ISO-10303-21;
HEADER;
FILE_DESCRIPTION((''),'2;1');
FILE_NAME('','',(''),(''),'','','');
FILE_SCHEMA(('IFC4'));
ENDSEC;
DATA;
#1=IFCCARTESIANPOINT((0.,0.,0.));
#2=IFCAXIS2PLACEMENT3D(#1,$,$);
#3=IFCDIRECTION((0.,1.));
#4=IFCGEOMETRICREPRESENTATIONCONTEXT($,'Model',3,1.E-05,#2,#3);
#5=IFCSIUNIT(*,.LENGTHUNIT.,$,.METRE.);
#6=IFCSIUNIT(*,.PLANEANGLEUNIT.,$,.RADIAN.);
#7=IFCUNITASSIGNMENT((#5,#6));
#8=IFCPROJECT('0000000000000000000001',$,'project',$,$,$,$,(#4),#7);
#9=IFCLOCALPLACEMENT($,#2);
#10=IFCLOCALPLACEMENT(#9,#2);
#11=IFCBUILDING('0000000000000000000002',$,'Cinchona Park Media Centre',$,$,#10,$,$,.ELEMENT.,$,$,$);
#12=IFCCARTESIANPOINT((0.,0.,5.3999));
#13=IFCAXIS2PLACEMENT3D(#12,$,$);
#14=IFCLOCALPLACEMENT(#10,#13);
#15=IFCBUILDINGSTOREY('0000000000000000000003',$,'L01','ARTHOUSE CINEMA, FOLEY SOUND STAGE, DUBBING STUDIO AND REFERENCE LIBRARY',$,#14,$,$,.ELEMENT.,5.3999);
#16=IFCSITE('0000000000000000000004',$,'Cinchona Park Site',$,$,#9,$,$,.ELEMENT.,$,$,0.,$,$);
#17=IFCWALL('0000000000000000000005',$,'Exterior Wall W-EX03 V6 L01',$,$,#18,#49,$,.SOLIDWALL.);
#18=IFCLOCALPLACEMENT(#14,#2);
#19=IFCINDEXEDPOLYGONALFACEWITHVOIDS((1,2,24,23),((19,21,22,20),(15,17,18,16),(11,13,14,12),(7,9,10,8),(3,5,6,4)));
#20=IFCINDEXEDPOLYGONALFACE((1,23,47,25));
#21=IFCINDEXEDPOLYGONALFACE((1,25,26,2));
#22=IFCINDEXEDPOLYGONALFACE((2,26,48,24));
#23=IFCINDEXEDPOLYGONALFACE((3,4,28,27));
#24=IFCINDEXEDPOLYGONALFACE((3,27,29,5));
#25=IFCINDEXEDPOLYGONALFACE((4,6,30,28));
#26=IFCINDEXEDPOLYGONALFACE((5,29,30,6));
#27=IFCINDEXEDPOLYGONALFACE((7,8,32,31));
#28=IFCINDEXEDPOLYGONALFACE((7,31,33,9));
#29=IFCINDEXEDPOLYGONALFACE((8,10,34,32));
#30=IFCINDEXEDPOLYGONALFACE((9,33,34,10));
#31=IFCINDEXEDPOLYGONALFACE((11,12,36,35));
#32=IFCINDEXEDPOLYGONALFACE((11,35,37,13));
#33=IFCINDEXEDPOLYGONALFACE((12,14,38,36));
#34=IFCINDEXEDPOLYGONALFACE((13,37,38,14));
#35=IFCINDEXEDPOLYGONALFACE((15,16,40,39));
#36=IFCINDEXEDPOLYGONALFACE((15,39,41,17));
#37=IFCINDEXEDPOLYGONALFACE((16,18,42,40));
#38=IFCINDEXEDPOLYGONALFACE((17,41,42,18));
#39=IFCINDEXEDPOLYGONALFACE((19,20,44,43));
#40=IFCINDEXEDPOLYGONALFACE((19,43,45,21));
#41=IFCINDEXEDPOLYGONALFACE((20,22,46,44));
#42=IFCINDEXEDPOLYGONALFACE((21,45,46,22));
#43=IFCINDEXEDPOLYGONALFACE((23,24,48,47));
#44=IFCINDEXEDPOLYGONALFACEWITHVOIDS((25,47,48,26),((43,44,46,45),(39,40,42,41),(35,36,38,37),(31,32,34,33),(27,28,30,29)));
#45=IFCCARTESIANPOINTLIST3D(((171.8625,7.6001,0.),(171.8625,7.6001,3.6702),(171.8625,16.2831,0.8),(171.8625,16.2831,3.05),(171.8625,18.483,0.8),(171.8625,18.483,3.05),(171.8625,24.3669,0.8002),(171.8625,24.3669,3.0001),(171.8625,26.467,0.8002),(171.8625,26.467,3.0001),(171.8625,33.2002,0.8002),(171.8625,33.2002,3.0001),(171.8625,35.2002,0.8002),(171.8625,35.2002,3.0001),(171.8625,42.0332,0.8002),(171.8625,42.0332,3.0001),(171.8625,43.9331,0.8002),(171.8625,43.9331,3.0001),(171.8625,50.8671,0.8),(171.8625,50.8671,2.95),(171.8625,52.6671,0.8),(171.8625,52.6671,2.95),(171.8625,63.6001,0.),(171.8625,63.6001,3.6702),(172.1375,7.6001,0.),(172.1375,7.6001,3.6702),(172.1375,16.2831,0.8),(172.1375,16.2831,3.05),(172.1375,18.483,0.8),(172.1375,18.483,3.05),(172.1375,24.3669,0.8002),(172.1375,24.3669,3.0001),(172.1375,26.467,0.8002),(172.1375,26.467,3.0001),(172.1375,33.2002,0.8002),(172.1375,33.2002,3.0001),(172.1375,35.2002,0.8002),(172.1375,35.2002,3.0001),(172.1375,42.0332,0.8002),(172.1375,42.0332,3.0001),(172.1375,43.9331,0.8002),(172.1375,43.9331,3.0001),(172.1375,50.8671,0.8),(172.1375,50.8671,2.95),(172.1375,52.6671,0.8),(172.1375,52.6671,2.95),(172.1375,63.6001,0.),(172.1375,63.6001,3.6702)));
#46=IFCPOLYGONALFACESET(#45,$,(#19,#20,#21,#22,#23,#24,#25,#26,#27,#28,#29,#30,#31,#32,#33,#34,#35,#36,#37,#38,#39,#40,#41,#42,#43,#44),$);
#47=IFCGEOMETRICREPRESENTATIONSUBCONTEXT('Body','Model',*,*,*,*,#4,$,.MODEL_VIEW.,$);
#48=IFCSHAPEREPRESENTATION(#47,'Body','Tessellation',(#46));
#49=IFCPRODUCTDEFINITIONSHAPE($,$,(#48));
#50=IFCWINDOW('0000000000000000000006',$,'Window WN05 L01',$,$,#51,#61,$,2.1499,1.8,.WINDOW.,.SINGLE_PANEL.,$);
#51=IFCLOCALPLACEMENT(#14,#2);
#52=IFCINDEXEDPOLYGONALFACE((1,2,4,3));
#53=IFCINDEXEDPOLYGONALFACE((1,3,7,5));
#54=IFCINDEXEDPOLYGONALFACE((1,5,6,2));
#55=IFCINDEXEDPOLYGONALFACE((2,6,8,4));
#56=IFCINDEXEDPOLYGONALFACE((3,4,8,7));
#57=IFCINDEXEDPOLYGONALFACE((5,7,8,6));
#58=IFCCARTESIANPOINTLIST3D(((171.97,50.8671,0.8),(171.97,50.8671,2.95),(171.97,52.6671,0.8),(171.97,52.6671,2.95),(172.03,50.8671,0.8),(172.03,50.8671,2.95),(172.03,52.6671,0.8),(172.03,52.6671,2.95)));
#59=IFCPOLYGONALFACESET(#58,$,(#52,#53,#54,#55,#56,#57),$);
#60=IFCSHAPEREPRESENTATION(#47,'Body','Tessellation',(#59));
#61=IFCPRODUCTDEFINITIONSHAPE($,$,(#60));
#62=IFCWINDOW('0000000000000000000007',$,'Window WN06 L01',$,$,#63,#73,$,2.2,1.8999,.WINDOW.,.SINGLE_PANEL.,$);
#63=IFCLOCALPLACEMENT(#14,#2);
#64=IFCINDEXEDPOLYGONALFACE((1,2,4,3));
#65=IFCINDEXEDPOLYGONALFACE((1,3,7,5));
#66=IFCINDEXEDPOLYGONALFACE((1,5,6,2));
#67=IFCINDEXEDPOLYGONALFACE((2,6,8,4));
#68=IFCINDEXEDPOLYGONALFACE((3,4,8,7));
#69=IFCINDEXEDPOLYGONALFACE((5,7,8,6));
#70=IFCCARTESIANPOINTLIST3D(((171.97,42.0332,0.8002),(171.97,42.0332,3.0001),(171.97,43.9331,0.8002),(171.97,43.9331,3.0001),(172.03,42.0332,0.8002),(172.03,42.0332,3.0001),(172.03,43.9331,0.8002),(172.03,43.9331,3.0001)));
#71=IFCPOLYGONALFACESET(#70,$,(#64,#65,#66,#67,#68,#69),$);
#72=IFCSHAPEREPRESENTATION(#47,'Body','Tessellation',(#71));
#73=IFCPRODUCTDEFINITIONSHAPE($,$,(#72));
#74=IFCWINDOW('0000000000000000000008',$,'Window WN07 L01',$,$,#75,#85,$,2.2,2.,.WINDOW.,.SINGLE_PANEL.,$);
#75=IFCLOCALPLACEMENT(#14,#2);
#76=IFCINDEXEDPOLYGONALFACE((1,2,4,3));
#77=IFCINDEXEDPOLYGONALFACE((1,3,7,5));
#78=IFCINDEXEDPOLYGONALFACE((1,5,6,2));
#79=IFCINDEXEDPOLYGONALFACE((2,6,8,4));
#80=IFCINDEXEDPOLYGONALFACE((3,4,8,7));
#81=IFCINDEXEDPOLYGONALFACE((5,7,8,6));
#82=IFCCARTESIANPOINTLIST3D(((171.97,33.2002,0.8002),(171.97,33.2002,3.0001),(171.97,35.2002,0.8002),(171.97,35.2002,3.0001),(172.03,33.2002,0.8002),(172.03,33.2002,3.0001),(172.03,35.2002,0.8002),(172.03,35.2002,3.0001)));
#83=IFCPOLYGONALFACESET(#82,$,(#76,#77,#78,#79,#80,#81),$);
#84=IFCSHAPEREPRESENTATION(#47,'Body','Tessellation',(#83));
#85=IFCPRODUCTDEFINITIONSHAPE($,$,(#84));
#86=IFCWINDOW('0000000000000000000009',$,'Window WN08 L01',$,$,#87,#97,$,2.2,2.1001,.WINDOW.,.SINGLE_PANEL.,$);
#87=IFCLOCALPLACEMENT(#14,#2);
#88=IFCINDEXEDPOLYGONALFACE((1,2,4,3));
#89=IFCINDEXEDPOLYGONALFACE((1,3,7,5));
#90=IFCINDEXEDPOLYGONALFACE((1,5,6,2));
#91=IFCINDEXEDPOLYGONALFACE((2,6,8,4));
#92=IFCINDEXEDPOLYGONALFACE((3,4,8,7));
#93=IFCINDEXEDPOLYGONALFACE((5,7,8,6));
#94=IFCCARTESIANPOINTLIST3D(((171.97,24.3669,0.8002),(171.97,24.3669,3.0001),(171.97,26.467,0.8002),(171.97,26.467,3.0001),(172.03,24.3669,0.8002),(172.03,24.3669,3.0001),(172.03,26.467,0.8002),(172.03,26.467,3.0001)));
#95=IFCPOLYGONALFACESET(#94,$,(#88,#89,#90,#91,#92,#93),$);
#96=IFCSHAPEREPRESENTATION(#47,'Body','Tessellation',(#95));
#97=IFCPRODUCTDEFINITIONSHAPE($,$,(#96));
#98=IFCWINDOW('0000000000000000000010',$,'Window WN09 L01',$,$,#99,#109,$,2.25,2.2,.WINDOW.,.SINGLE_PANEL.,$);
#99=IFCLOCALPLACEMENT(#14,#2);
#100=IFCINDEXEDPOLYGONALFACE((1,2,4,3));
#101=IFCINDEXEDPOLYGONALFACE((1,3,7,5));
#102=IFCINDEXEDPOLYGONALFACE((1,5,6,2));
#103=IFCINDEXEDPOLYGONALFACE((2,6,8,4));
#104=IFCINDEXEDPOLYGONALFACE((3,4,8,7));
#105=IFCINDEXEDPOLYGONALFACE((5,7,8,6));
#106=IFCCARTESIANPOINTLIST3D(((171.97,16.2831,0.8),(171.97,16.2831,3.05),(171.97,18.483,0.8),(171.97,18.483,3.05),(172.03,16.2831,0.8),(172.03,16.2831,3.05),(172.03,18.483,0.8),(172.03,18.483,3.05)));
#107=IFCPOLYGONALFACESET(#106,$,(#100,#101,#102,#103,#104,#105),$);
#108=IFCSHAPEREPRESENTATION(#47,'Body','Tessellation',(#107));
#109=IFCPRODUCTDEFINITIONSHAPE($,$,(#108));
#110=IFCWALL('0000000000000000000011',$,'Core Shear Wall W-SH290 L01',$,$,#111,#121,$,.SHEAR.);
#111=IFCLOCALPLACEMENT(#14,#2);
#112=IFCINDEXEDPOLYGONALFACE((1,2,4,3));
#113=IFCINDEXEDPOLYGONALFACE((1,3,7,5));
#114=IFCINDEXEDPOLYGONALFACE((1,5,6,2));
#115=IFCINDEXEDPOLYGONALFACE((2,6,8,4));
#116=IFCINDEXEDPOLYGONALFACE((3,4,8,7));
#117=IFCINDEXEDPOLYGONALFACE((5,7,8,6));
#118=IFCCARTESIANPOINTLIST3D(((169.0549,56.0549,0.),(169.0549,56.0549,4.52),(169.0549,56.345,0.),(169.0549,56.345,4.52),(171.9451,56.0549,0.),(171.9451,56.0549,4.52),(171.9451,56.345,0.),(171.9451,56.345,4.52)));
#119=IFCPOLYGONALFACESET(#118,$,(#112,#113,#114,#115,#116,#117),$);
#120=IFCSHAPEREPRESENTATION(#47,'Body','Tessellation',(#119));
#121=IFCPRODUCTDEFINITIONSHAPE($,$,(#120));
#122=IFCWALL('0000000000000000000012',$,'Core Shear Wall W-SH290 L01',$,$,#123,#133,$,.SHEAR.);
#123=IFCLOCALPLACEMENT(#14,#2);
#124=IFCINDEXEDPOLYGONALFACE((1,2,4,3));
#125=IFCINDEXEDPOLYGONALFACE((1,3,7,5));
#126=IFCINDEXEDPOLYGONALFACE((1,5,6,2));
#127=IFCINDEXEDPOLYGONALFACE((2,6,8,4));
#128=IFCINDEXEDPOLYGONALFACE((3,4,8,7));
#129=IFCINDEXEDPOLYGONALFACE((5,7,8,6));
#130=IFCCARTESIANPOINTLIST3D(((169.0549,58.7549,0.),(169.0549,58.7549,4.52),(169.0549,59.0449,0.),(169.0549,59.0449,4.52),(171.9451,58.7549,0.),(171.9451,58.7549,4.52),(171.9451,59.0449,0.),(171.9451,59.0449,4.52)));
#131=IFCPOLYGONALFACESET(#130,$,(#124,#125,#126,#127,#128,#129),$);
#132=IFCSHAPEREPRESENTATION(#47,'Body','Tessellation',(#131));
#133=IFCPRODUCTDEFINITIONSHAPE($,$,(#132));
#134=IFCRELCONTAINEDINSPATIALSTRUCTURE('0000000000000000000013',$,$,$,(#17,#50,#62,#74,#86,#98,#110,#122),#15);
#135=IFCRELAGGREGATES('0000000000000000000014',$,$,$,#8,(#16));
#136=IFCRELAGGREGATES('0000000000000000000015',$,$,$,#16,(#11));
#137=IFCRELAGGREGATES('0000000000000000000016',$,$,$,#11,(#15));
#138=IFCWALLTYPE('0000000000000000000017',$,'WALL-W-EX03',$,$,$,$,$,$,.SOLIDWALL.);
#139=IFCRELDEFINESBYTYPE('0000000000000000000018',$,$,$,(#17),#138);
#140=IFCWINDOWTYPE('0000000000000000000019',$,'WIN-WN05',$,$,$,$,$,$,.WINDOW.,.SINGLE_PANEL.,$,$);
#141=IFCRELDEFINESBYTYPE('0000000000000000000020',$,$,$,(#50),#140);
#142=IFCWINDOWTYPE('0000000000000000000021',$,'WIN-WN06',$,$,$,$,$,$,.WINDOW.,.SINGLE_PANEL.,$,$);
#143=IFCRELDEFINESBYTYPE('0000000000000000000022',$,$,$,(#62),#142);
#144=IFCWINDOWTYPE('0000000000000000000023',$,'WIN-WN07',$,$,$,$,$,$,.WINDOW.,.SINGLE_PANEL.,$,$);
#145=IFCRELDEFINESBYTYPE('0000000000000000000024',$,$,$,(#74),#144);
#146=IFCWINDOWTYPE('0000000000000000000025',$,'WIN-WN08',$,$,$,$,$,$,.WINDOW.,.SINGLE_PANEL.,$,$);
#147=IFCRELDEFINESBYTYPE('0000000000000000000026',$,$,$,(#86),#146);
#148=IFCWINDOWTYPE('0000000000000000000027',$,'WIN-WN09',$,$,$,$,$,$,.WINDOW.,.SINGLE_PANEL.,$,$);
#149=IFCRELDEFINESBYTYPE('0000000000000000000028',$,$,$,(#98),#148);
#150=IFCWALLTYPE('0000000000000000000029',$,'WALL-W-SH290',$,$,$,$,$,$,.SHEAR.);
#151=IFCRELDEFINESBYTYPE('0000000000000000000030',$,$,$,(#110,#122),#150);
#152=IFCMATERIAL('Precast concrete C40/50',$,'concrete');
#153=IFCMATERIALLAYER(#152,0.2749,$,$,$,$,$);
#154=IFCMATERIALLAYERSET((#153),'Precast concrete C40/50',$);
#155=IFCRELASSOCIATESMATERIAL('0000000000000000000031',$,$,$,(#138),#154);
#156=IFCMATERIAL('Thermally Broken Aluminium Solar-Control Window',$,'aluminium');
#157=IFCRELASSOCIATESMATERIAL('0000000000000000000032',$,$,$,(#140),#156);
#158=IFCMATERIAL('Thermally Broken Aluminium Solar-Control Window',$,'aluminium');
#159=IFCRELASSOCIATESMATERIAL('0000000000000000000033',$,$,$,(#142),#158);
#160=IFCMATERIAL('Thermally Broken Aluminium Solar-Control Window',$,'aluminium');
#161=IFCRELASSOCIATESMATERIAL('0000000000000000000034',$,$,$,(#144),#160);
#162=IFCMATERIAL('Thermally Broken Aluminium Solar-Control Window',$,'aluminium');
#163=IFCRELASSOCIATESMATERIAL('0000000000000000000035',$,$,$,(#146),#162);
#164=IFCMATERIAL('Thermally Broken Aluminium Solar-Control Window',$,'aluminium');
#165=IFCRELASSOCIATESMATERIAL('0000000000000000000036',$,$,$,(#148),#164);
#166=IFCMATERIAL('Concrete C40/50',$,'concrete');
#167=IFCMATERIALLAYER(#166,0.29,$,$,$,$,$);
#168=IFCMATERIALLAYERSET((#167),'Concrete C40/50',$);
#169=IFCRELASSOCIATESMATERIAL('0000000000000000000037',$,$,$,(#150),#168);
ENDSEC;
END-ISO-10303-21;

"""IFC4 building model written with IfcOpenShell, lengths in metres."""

from ifc_helpers import new_model, si_unit, direction, frame, frame_2d, origin, place, context, subcontext, project, spatial, rectangle, extrude, material, layer, layer_set, type_object, element, fill, save


model = new_model("IFC4")

# Units and contexts
model_context = context("Model", 3, precision=1e-05, world=origin(), true_north=direction((0.0, 1.0)))
body_context = subcontext(model_context, "Body", "Model", "MODEL_VIEW")
ifc_project = project(units=[si_unit("LENGTHUNIT", "METRE"), si_unit("PLANEANGLEUNIT", "RADIAN")], contexts=[model_context])

# Site, building, storey
site_placement = place(None, origin())
site = spatial("IfcSite", under=ifc_project, at=site_placement, Name="Cinchona Park Site", CompositionType="ELEMENT", RefElevation=0.0)
building_placement = place(site_placement, origin())
building = spatial("IfcBuilding", under=site, at=building_placement, Name="Cinchona Park Media Centre", CompositionType="ELEMENT")
storey_placement = place(building_placement, frame((0.0, 0.0, 5.3999)))
storey = spatial("IfcBuildingStorey", under=building, at=storey_placement, Name="L01", Description="ARTHOUSE CINEMA, FOLEY SOUND STAGE, DUBBING STUDIO AND REFERENCE LIBRARY", CompositionType="ELEMENT", Elevation=5.3999)

# Wall, openings, windows
ifc_material_1 = material(Name="Precast concrete C40/50", Category="concrete")
ifc_layer_1 = layer(ifc_material_1, 0.2749)
ifc_layer_set_1 = layer_set([ifc_layer_1], Name="Precast concrete C40/50")
wall_type_1 = type_object("IfcWallType", Name="WALL-W-EX03", PredefinedType="SOLIDWALL", material=ifc_layer_set_1)
wall_1_placement = place(storey_placement, frame((172.0, 63.6001, 0.0), z_axis=(0.0, 0.0, 1.0), x_axis=(0.0, -1.0, 0.0)))
wall_1 = element("IfcWall", 1, at=wall_1_placement, inside=storey, type_object=wall_type_1, Name="Exterior Wall W-EX03 V6 L01", PredefinedType="SOLIDWALL", context=body_context, shape_type="SweptSolid", body=[
    extrude(rectangle(XDim=56.0, YDim=0.2749, at=frame_2d((28.0, 0.0))), origin(), (0.0, 0.0, 1.0), 3.6702),
])
opening_1_placement = place(wall_1_placement, frame((10.9331, 0.0, 0.8)))
opening_1 = element("IfcOpeningElement", 2, at=opening_1_placement, cuts=wall_1, PredefinedType="OPENING", context=body_context, shape_type="SweptSolid", body=[
    extrude(rectangle(XDim=1.8, YDim=2.1499, at=frame_2d((0.8999, 1.075))), frame((0.0, 0.1475, 0.0), z_axis=(0.0, -1.0, 0.0), x_axis=(1.0, 0.0, 0.0)), (0.0, 0.0, 1.0), 0.2949),
])
opening_2_placement = place(wall_1_placement, frame((19.667, 0.0, 0.8)))
opening_2 = element("IfcOpeningElement", 3, at=opening_2_placement, cuts=wall_1, PredefinedType="OPENING", context=body_context, shape_type="SweptSolid", body=[
    extrude(rectangle(XDim=1.8999, YDim=2.2, at=frame_2d((0.95, 1.1001))), frame((0.0, 0.1475, 0.0), z_axis=(0.0, -1.0, 0.0), x_axis=(1.0, 0.0, 0.0)), (0.0, 0.0, 1.0), 0.2949),
])
opening_3_placement = place(wall_1_placement, frame((28.3999, 0.0, 0.8)))
opening_3 = element("IfcOpeningElement", 4, at=opening_3_placement, cuts=wall_1, PredefinedType="OPENING", context=body_context, shape_type="SweptSolid", body=[
    extrude(rectangle(XDim=2.0, YDim=2.2, at=frame_2d((1.0, 1.1001))), frame((0.0, 0.1475, 0.0), z_axis=(0.0, -1.0, 0.0), x_axis=(1.0, 0.0, 0.0)), (0.0, 0.0, 1.0), 0.2949),
])
opening_4_placement = place(wall_1_placement, frame((37.1331, 0.0, 0.8)))
opening_4 = element("IfcOpeningElement", 5, at=opening_4_placement, cuts=wall_1, PredefinedType="OPENING", context=body_context, shape_type="SweptSolid", body=[
    extrude(rectangle(XDim=2.1001, YDim=2.2, at=frame_2d((1.05, 1.1001))), frame((0.0, 0.1475, 0.0), z_axis=(0.0, -1.0, 0.0), x_axis=(1.0, 0.0, 0.0)), (0.0, 0.0, 1.0), 0.2949),
])
opening_5_placement = place(wall_1_placement, frame((45.1169, 0.0, 0.8)))
opening_5 = element("IfcOpeningElement", 6, at=opening_5_placement, cuts=wall_1, PredefinedType="OPENING", context=body_context, shape_type="SweptSolid", body=[
    extrude(rectangle(XDim=2.2, YDim=2.25, at=frame_2d((1.1001, 1.125))), frame((0.0, 0.1475, 0.0), z_axis=(0.0, -1.0, 0.0), x_axis=(1.0, 0.0, 0.0)), (0.0, 0.0, 1.0), 0.2949),
])
ifc_material_2 = material(Name="Thermally Broken Aluminium Solar-Control Window", Category="aluminium")
window_type_1 = type_object("IfcWindowType", Name="WIN-WN05", PartitioningType="SINGLE_PANEL", PredefinedType="WINDOW", material=ifc_material_2)
window_1_placement = place(opening_1_placement, origin())
window_1 = element("IfcWindow", 7, at=window_1_placement, inside=storey, type_object=window_type_1, Name="Window WN05 L01", OverallHeight=2.1499, OverallWidth=1.8, PartitioningType="SINGLE_PANEL", PredefinedType="WINDOW", context=body_context, shape_type="SweptSolid", body=[
    extrude(rectangle(XDim=1.8, YDim=2.1499, at=frame_2d((0.8999, 1.075))), frame((0.0, 0.03, 0.0), z_axis=(0.0, -1.0, 0.0), x_axis=(1.0, 0.0, 0.0)), (0.0, 0.0, 1.0), 0.0601),
])
fill(opening_1, window_1)
ifc_material_3 = material(Name="Thermally Broken Aluminium Solar-Control Window", Category="aluminium")
window_type_2 = type_object("IfcWindowType", Name="WIN-WN06", PartitioningType="SINGLE_PANEL", PredefinedType="WINDOW", material=ifc_material_3)
window_2_placement = place(opening_2_placement, origin())
window_2 = element("IfcWindow", 8, at=window_2_placement, inside=storey, type_object=window_type_2, Name="Window WN06 L01", OverallHeight=2.2, OverallWidth=1.8999, PartitioningType="SINGLE_PANEL", PredefinedType="WINDOW", context=body_context, shape_type="SweptSolid", body=[
    extrude(rectangle(XDim=1.8999, YDim=2.2, at=frame_2d((0.95, 1.1001))), frame((0.0, 0.03, 0.0), z_axis=(0.0, -1.0, 0.0), x_axis=(1.0, 0.0, 0.0)), (0.0, 0.0, 1.0), 0.0601),
])
fill(opening_2, window_2)
ifc_material_4 = material(Name="Thermally Broken Aluminium Solar-Control Window", Category="aluminium")
window_type_3 = type_object("IfcWindowType", Name="WIN-WN07", PartitioningType="SINGLE_PANEL", PredefinedType="WINDOW", material=ifc_material_4)
window_3_placement = place(opening_3_placement, origin())
window_3 = element("IfcWindow", 9, at=window_3_placement, inside=storey, type_object=window_type_3, Name="Window WN07 L01", OverallHeight=2.2, OverallWidth=2.0, PartitioningType="SINGLE_PANEL", PredefinedType="WINDOW", context=body_context, shape_type="SweptSolid", body=[
    extrude(rectangle(XDim=2.0, YDim=2.2, at=frame_2d((1.0, 1.1001))), frame((0.0, 0.03, 0.0), z_axis=(0.0, -1.0, 0.0), x_axis=(1.0, 0.0, 0.0)), (0.0, 0.0, 1.0), 0.0601),
])
fill(opening_3, window_3)
ifc_material_5 = material(Name="Thermally Broken Aluminium Solar-Control Window", Category="aluminium")
window_type_4 = type_object("IfcWindowType", Name="WIN-WN08", PartitioningType="SINGLE_PANEL", PredefinedType="WINDOW", material=ifc_material_5)
window_4_placement = place(opening_4_placement, origin())
window_4 = element("IfcWindow", 10, at=window_4_placement, inside=storey, type_object=window_type_4, Name="Window WN08 L01", OverallHeight=2.2, OverallWidth=2.1001, PartitioningType="SINGLE_PANEL", PredefinedType="WINDOW", context=body_context, shape_type="SweptSolid", body=[
    extrude(rectangle(XDim=2.1001, YDim=2.2, at=frame_2d((1.05, 1.1001))), frame((0.0, 0.03, 0.0), z_axis=(0.0, -1.0, 0.0), x_axis=(1.0, 0.0, 0.0)), (0.0, 0.0, 1.0), 0.0601),
])
fill(opening_4, window_4)
ifc_material_6 = material(Name="Thermally Broken Aluminium Solar-Control Window", Category="aluminium")
window_type_5 = type_object("IfcWindowType", Name="WIN-WN09", PartitioningType="SINGLE_PANEL", PredefinedType="WINDOW", material=ifc_material_6)
window_5_placement = place(opening_5_placement, origin())
window_5 = element("IfcWindow", 11, at=window_5_placement, inside=storey, type_object=window_type_5, Name="Window WN09 L01", OverallHeight=2.25, OverallWidth=2.2, PartitioningType="SINGLE_PANEL", PredefinedType="WINDOW", context=body_context, shape_type="SweptSolid", body=[
    extrude(rectangle(XDim=2.2, YDim=2.25, at=frame_2d((1.1001, 1.125))), frame((0.0, 0.03, 0.0), z_axis=(0.0, -1.0, 0.0), x_axis=(1.0, 0.0, 0.0)), (0.0, 0.0, 1.0), 0.0601),
])
fill(opening_5, window_5)

# Walls
ifc_material_7 = material(Name="Concrete C40/50", Category="concrete")
ifc_layer_2 = layer(ifc_material_7, 0.29)
ifc_layer_set_2 = layer_set([ifc_layer_2], Name="Concrete C40/50")
wall_type_2 = type_object("IfcWallType", Name="WALL-W-SH290", PredefinedType="SHEAR", material=ifc_layer_set_2)
for number, where, z_axis, x_axis, name in (
    (12, (169.0549, 56.2, 0.0), (0.0, 0.0, 1.0), (1.0, 0.0, 0.0), "Core Shear Wall W-SH290 L01"),
    (13, (169.0549, 58.8999, 0.0), (0.0, 0.0, 1.0), (1.0, 0.0, 0.0), "Core Shear Wall W-SH290 L01"),
):
    element("IfcWall", number, at=place(storey_placement, frame(where, z_axis=z_axis, x_axis=x_axis)), inside=storey, type_object=wall_type_2, Name=name, PredefinedType="SHEAR", context=body_context, shape_type="SweptSolid", body=[
        extrude(rectangle(XDim=2.8901, YDim=0.29, at=frame_2d((1.4451, 0.0))), origin(), (0.0, 0.0, 1.0), 4.52),
    ])

save(model, "model.ifc")
